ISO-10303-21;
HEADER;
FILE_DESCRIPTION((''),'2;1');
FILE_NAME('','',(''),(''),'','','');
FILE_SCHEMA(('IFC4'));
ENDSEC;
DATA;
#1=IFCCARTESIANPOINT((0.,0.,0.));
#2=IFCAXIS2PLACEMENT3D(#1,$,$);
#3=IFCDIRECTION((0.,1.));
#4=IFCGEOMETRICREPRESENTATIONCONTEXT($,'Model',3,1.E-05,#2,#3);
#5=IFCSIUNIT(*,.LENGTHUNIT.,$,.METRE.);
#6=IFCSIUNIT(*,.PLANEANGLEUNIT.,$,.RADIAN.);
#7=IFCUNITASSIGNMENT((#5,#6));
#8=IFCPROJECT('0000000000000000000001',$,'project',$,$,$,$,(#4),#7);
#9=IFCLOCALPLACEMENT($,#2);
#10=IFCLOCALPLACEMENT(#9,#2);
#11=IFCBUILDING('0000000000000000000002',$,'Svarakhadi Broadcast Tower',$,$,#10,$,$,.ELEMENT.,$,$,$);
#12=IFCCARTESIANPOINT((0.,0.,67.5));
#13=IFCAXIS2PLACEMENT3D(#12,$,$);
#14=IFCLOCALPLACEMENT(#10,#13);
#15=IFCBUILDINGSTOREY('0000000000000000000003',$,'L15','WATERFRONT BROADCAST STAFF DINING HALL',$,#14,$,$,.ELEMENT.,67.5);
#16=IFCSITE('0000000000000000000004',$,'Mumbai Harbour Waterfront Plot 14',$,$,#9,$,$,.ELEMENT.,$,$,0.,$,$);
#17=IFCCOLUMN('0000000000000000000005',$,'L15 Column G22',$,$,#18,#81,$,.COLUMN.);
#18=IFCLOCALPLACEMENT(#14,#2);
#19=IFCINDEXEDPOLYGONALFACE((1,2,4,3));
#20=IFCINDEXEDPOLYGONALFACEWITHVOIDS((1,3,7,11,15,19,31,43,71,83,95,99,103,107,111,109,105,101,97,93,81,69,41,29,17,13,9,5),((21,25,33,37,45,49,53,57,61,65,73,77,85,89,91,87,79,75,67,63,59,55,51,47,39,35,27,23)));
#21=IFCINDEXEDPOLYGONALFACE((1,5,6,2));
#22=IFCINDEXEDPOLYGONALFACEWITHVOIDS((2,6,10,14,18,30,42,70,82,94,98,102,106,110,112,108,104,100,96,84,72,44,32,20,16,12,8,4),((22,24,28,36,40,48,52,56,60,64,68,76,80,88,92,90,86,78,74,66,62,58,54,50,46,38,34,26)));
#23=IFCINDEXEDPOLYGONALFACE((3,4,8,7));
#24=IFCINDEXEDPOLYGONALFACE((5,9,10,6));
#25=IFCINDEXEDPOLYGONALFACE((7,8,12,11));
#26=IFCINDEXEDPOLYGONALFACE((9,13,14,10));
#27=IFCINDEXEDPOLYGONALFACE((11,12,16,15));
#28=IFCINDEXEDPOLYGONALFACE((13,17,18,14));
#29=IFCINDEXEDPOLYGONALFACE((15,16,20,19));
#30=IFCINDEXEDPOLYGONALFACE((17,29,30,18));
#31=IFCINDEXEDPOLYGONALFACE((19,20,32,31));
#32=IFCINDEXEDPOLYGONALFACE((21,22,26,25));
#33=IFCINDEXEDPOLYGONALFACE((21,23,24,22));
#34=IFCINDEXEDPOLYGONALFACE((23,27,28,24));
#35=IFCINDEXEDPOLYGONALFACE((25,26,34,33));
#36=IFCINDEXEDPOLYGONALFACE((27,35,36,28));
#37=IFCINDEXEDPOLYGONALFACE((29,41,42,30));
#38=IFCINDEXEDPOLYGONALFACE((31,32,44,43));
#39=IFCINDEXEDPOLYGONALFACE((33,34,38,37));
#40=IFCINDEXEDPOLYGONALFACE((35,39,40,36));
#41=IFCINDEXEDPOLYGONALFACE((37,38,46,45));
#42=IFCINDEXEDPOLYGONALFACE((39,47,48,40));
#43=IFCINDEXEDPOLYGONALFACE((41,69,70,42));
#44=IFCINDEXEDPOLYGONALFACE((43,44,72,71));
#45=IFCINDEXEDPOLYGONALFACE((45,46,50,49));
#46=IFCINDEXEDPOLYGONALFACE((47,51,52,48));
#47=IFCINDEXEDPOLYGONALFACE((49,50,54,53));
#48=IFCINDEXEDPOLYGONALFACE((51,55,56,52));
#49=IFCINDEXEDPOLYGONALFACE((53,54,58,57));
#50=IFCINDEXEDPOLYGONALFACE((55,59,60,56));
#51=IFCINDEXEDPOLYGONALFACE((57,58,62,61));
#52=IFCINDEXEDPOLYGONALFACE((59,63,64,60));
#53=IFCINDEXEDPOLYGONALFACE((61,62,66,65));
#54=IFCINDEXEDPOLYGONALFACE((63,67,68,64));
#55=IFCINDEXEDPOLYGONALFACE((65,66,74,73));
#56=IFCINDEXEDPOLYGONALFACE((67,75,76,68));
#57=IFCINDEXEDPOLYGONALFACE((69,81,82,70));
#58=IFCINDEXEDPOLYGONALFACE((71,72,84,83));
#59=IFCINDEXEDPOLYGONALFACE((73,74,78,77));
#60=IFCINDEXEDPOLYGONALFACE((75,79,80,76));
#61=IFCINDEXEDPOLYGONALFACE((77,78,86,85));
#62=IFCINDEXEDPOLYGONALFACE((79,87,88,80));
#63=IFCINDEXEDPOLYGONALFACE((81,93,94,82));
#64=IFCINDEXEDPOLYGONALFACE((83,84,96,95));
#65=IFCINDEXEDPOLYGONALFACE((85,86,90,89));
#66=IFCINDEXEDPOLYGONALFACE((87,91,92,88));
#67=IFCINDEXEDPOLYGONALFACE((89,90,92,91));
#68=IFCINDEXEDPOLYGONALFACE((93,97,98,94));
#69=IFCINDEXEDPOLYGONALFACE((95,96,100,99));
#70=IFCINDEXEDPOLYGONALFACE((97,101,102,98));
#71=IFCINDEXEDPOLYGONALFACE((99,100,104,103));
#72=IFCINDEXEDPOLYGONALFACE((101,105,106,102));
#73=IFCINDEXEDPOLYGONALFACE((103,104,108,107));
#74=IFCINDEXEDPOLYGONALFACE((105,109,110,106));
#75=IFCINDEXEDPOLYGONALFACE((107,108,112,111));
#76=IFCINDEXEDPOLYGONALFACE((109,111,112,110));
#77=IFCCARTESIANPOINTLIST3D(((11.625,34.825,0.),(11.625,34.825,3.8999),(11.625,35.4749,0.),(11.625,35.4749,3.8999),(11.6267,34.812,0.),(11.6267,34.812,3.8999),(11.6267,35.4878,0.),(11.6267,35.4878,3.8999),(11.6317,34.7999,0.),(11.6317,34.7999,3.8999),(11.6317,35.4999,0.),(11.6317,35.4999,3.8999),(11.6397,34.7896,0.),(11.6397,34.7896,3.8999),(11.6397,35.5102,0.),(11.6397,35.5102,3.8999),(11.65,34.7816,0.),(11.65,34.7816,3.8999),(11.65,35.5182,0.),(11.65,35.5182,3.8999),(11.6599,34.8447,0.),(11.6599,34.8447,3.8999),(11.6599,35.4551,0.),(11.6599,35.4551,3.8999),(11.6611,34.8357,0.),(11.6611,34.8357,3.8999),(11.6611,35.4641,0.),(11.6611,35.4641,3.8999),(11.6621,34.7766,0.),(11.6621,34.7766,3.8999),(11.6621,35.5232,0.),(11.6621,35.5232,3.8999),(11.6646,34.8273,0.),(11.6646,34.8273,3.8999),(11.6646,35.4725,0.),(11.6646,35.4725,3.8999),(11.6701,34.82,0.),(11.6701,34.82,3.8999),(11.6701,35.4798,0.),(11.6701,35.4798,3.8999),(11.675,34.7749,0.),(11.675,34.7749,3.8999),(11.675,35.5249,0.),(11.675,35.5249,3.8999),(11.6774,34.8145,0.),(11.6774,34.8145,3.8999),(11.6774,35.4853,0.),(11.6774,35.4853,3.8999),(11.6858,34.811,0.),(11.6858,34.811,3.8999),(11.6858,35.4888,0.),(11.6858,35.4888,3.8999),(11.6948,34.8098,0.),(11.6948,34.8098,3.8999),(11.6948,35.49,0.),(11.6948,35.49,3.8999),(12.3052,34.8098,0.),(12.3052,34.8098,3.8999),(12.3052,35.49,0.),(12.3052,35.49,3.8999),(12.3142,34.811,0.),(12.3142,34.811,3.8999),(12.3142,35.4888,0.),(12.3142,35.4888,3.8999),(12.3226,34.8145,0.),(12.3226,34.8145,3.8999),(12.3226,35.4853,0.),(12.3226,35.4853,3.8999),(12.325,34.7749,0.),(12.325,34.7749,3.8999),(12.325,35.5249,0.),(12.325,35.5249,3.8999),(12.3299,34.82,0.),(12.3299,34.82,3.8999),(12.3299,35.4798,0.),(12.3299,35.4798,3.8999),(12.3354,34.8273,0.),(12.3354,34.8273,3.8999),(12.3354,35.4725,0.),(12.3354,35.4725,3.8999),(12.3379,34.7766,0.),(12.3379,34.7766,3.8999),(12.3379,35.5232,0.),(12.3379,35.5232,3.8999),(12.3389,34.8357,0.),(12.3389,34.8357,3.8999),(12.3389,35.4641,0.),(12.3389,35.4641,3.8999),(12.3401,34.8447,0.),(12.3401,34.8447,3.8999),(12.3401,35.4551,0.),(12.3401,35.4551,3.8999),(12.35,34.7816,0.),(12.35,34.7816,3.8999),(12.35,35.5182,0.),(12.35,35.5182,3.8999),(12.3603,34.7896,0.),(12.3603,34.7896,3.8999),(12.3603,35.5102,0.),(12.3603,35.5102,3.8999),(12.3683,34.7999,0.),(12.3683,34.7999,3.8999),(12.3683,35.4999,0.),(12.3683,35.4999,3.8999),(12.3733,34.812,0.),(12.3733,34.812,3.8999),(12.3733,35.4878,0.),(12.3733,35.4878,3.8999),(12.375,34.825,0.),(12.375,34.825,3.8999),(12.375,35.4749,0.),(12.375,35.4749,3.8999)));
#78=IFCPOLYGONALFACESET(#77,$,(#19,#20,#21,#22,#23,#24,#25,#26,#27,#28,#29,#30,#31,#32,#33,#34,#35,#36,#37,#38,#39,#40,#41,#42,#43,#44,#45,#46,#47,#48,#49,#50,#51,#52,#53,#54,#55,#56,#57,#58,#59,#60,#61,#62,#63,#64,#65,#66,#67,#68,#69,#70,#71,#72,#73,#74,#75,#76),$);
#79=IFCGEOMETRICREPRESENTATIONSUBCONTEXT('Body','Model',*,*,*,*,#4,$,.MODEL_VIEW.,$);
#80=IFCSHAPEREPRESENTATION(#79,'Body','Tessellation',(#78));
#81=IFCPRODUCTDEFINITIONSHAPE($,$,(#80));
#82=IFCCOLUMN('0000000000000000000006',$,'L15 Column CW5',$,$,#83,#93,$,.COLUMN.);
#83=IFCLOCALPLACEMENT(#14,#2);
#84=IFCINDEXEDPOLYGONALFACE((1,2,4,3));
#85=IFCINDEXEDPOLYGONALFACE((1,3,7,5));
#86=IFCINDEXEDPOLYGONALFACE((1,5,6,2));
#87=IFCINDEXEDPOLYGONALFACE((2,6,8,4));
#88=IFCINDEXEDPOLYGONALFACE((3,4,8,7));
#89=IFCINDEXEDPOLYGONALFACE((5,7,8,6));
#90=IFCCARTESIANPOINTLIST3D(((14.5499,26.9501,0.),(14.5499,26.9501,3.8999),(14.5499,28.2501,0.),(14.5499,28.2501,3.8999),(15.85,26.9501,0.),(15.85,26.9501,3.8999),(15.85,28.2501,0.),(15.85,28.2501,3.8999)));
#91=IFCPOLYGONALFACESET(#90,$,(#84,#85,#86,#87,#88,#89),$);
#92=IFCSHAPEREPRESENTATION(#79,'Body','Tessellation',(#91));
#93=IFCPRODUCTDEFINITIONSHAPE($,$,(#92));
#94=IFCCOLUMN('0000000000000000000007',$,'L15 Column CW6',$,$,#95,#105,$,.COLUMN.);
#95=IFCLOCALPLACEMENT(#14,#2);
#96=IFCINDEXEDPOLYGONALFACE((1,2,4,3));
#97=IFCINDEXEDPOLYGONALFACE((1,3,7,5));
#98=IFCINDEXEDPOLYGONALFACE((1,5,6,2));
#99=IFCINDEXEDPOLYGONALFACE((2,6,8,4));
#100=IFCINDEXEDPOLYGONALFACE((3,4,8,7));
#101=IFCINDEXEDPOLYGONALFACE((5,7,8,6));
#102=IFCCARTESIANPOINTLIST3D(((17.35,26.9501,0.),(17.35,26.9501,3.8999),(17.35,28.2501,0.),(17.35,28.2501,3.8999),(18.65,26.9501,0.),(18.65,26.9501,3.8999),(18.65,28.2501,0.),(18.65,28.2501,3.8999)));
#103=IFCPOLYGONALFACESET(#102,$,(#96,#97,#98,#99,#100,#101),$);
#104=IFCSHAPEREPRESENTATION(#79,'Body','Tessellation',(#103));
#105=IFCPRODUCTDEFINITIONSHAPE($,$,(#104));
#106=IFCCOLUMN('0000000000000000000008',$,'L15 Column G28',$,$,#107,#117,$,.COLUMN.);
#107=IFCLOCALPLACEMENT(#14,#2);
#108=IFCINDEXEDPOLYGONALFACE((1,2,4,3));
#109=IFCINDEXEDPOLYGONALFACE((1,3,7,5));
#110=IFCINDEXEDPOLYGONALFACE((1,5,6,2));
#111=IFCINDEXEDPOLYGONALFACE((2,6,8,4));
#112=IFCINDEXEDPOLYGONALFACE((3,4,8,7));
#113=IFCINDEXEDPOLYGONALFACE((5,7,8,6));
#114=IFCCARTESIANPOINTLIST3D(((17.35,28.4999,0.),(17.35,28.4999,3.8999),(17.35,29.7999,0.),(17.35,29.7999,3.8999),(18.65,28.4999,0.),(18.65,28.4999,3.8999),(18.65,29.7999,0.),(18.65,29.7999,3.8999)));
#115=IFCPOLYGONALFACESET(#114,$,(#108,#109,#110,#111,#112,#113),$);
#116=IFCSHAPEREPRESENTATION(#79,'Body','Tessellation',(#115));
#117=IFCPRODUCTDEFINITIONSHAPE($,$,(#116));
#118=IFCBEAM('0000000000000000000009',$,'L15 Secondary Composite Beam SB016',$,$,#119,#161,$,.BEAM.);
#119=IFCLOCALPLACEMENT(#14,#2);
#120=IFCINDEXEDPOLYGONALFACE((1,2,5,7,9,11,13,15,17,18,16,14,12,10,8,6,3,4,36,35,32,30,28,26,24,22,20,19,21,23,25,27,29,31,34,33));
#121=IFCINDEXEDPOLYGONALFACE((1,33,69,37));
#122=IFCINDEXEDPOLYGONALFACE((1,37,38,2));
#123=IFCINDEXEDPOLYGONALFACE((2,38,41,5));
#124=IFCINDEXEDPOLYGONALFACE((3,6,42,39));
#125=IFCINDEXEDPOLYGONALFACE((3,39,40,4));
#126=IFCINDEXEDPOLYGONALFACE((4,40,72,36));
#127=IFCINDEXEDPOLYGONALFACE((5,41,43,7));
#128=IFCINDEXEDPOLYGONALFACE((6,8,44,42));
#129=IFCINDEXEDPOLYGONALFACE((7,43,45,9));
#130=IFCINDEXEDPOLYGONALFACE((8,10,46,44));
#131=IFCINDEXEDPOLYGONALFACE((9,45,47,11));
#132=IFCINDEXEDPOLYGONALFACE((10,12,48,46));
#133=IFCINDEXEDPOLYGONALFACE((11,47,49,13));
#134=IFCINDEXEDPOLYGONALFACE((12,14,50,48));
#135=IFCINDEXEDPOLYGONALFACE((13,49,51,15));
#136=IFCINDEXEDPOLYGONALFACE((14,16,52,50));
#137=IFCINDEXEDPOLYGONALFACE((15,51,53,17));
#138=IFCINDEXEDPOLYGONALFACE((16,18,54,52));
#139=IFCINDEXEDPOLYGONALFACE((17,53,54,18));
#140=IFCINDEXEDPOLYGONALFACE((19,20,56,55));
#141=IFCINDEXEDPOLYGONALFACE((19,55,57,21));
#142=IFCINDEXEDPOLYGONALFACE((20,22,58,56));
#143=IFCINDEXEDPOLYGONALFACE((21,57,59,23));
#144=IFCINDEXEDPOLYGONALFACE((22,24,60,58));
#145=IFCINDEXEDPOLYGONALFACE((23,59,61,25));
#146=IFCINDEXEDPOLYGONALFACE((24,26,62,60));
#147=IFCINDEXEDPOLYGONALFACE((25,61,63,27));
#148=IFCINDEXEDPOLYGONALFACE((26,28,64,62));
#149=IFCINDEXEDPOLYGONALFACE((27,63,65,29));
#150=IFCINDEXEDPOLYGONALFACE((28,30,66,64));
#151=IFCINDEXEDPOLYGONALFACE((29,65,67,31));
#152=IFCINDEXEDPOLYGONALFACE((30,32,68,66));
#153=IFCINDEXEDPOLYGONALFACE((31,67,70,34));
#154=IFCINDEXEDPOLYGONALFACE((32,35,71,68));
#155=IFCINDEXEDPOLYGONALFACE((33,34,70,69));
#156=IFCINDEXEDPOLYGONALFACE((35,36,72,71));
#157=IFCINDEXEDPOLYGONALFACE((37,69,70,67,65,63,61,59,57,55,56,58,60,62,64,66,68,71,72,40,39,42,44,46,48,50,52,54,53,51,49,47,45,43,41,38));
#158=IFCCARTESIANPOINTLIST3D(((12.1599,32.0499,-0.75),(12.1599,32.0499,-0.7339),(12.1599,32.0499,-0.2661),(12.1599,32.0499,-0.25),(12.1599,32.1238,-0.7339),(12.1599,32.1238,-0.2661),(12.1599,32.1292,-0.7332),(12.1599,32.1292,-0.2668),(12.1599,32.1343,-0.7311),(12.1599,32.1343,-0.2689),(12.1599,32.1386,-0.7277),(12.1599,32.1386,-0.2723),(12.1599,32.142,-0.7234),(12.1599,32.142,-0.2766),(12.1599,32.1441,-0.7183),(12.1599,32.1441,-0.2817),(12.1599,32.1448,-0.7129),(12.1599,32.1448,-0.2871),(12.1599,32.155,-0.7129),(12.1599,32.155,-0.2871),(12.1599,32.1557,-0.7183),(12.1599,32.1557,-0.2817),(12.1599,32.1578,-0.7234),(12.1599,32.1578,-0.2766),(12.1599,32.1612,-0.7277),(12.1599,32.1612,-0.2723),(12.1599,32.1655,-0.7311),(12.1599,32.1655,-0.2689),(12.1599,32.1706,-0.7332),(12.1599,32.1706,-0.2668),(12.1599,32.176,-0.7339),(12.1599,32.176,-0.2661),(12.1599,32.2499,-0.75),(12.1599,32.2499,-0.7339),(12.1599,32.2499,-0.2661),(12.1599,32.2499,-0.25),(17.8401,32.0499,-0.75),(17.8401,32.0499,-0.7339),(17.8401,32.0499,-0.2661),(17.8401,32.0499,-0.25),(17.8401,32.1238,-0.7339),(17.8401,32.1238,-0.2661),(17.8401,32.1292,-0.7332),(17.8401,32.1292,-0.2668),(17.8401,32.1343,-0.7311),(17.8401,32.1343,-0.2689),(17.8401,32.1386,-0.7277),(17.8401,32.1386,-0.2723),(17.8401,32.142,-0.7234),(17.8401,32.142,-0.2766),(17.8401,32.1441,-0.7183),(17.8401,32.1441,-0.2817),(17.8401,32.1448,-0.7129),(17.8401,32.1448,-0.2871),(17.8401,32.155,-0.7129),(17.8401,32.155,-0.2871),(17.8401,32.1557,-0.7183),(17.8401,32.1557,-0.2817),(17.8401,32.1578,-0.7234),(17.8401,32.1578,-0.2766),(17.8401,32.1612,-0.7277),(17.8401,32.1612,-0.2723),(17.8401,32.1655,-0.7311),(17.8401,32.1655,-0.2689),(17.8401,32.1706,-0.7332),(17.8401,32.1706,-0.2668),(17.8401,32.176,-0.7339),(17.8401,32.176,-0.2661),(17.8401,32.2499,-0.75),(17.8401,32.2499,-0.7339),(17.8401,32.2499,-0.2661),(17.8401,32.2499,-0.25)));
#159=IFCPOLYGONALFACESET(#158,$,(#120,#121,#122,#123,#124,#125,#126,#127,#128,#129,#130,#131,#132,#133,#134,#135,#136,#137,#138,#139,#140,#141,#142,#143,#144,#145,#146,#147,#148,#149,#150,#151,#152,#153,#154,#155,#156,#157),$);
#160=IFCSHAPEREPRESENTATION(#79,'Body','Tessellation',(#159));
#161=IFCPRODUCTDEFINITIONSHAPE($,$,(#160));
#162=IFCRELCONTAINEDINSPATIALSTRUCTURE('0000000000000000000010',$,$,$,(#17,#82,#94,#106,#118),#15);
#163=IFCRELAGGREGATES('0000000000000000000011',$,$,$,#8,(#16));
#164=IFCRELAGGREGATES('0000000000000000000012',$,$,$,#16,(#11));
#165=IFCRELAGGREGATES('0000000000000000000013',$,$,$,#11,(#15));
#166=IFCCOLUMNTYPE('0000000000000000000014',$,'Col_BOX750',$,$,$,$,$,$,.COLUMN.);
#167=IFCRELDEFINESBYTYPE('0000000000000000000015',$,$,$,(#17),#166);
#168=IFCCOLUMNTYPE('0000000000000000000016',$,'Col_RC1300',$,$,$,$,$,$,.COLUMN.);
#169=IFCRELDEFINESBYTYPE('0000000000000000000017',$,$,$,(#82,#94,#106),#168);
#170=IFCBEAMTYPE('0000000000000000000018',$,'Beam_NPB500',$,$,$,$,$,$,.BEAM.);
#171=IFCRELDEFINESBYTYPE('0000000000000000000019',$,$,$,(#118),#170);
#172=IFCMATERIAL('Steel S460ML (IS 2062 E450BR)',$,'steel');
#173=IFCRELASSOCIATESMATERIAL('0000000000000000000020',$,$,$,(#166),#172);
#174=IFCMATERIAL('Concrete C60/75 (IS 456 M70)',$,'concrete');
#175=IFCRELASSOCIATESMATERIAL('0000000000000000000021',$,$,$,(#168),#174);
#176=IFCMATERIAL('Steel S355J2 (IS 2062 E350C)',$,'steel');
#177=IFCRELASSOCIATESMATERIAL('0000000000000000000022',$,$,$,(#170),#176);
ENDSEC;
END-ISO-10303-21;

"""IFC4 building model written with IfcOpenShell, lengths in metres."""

from ifc_helpers import new_model, si_unit, direction, frame, origin, origin_2d, place, context, subcontext, project, spatial, rectangle, hollow_rectangle, i_section, extrude, material, material_profile, profile_set, type_object, element, save


model = new_model("IFC4")

# Units and contexts
model_context = context("Model", 3, precision=1e-05, world=origin(), true_north=direction((0.0, 1.0)))
body_context = subcontext(model_context, "Body", "Model", "MODEL_VIEW")
ifc_project = project(units=[si_unit("LENGTHUNIT", "METRE"), si_unit("PLANEANGLEUNIT", "RADIAN")], contexts=[model_context])

# Site, building, storey
site_placement = place(None, origin())
site = spatial("IfcSite", under=ifc_project, at=site_placement, Name="Mumbai Harbour Waterfront Plot 14", CompositionType="ELEMENT", RefElevation=0.0)
building_placement = place(site_placement, origin())
building = spatial("IfcBuilding", under=site, at=building_placement, Name="Svarakhadi Broadcast Tower", CompositionType="ELEMENT")
storey_placement = place(building_placement, frame((0.0, 0.0, 67.5)))
storey = spatial("IfcBuildingStorey", under=building, at=storey_placement, Name="L15", Description="WATERFRONT BROADCAST STAFF DINING HALL", CompositionType="ELEMENT", Elevation=67.5)

# Columns
ifc_material_1 = material(Name="Steel S460ML (IS 2062 E450BR)", Category="steel")
ifc_material_profile_1 = material_profile(ifc_material_1, hollow_rectangle(XDim=0.75, YDim=0.75, WallThickness=0.0349, InnerFilletRadius=0.0349, OuterFilletRadius=0.05, at=origin_2d()), Name="BOX 750x750x35")
ifc_profile_set_1 = profile_set([ifc_material_profile_1], Name="Steel S460ML (IS 2062 E450BR)")
column_type_1 = type_object("IfcColumnType", Name="Col_BOX750", PredefinedType="COLUMN", material=ifc_profile_set_1)
column_placement = place(storey_placement, frame((12.0, 35.1499, 0.0), z_axis=(0.0, 0.0, 1.0), x_axis=(1.0, 0.0, 0.0)))
element("IfcColumn", 1, at=column_placement, inside=storey, type_object=column_type_1, Name="L15 Column G22", PredefinedType="COLUMN", context=body_context, shape_type="SweptSolid", body=[
    extrude(hollow_rectangle(XDim=0.75, YDim=0.75, WallThickness=0.0349, InnerFilletRadius=0.0349, OuterFilletRadius=0.05, at=origin_2d()), origin(), (0.0, 0.0, 1.0), 3.8999),
])
ifc_material_2 = material(Name="Concrete C60/75 (IS 456 M70)", Category="concrete")
ifc_material_profile_2 = material_profile(ifc_material_2, rectangle(XDim=1.3, YDim=1.3, at=origin_2d()), Name="RC 1300x1300")
ifc_profile_set_2 = profile_set([ifc_material_profile_2], Name="Concrete C60/75 (IS 456 M70)")
column_type_2 = type_object("IfcColumnType", Name="Col_RC1300", PredefinedType="COLUMN", material=ifc_profile_set_2)
for number, where, z_axis, x_axis, name in (
    (2, (15.2, 27.6001, 0.0), (0.0, 0.0, 1.0), (1.0, 0.0, 0.0), "L15 Column CW5"),
    (3, (18.0, 27.6001, 0.0), (0.0, 0.0, 1.0), (1.0, 0.0, 0.0), "L15 Column CW6"),
    (4, (18.0, 29.1499, 0.0), (0.0, 0.0, 1.0), (1.0, 0.0, 0.0), "L15 Column G28"),
):
    element("IfcColumn", number, at=place(storey_placement, frame(where, z_axis=z_axis, x_axis=x_axis)), inside=storey, type_object=column_type_2, Name=name, PredefinedType="COLUMN", context=body_context, shape_type="SweptSolid", body=[
        extrude(rectangle(XDim=1.3, YDim=1.3, at=origin_2d()), origin(), (0.0, 0.0, 1.0), 3.8999),
    ])

# Beam
ifc_material_3 = material(Name="Steel S355J2 (IS 2062 E350C)", Category="steel")
ifc_material_profile_3 = material_profile(ifc_material_3, i_section(OverallWidth=0.2, OverallDepth=0.5, WebThickness=0.0103, FlangeThickness=0.0161, FilletRadius=0.021, at=origin_2d()), Name="NPB 500x200x91")
ifc_profile_set_3 = profile_set([ifc_material_profile_3], Name="Steel S355J2 (IS 2062 E350C)")
beam_type_1 = type_object("IfcBeamType", Name="Beam_NPB500", PredefinedType="BEAM", material=ifc_profile_set_3)
beam_1_placement = place(storey_placement, frame((12.1599, 32.1499, -0.5), z_axis=(1.0, 0.0, 0.0), x_axis=(0.0, 1.0, 0.0)))
element("IfcBeam", 5, at=beam_1_placement, inside=storey, type_object=beam_type_1, Name="L15 Secondary Composite Beam SB016", PredefinedType="BEAM", context=body_context, shape_type="SweptSolid", body=[
    extrude(i_section(OverallWidth=0.2, OverallDepth=0.5, WebThickness=0.0103, FlangeThickness=0.0161, FilletRadius=0.021, at=origin_2d()), origin(), (0.0, 0.0, 1.0), 5.6802),
])

save(model, "model.ifc")
